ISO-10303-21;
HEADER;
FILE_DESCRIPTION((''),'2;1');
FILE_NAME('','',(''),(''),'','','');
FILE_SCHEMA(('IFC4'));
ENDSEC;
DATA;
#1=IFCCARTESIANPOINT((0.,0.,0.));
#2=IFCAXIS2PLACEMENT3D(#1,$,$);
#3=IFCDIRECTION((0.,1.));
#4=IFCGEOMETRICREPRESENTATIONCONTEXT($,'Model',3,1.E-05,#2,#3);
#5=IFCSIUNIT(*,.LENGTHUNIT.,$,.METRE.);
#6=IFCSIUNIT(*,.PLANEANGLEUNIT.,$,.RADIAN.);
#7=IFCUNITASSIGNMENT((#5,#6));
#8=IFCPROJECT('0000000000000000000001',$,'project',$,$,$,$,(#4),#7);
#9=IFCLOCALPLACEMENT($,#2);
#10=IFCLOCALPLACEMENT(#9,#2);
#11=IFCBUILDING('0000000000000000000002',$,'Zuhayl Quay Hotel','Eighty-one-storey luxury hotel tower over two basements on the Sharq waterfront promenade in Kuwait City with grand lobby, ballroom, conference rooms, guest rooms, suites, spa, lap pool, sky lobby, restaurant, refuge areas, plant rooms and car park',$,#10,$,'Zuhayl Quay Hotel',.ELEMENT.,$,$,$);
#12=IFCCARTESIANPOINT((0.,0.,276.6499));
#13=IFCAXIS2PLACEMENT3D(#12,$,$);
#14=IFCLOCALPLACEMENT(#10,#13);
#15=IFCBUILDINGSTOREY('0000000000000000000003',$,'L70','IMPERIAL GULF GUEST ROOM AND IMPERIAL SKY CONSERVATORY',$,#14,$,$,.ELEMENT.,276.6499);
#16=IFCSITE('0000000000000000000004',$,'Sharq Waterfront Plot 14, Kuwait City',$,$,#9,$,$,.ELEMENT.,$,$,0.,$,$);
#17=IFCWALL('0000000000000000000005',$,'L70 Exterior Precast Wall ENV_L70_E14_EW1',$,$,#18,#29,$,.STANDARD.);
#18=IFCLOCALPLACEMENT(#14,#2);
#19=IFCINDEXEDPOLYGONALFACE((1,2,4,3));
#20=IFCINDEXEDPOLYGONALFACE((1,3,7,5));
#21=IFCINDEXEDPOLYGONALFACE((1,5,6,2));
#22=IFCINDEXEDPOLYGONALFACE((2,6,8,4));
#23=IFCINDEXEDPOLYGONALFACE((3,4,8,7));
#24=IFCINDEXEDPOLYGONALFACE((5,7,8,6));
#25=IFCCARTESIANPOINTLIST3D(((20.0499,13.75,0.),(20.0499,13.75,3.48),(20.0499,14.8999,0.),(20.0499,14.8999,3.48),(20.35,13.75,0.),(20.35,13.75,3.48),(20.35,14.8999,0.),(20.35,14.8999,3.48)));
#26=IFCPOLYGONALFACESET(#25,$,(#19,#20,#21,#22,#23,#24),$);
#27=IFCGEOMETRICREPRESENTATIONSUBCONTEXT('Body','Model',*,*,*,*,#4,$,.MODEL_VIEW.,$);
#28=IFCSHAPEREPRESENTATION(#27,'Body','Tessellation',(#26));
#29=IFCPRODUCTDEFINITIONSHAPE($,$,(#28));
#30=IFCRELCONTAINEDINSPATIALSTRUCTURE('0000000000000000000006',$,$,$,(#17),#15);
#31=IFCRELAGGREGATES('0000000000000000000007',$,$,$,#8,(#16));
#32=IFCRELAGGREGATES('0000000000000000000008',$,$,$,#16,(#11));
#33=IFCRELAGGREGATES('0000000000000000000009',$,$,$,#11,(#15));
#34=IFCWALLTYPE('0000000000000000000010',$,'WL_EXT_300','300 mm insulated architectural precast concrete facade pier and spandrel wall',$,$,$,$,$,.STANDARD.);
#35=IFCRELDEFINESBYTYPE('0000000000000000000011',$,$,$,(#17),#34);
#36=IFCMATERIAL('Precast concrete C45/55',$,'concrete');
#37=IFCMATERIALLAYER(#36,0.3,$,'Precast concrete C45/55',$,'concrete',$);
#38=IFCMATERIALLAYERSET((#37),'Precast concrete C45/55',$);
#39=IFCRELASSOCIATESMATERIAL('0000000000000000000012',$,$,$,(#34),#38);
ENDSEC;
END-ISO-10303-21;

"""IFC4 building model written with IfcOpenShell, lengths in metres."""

from ifc_helpers import new_model, si_unit, direction, frame, frame_2d, origin, place, context, subcontext, project, spatial, rectangle, extrude, material, layer, layer_set, type_object, element, save


model = new_model("IFC4")

# Units and contexts
model_context = context("Model", 3, precision=1e-05, world=origin(), true_north=direction((0.0, 1.0)))
body_context = subcontext(model_context, "Body", "Model", "MODEL_VIEW")
ifc_project = project(units=[si_unit("LENGTHUNIT", "METRE"), si_unit("PLANEANGLEUNIT", "RADIAN")], contexts=[model_context])

# Site, building, storey
site_placement = place(None, origin())
site = spatial("IfcSite", under=ifc_project, at=site_placement, Name="Sharq Waterfront Plot 14, Kuwait City", CompositionType="ELEMENT", RefElevation=0.0)
building_placement = place(site_placement, origin())
building = spatial("IfcBuilding", under=site, at=building_placement, Name="Zuhayl Quay Hotel", Description="Eighty-one-storey luxury hotel tower over two basements on the Sharq waterfront promenade in Kuwait City with grand lobby, ballroom, conference rooms, guest rooms, suites, spa, lap pool, sky lobby, restaurant, refuge areas, plant rooms and car park", LongName="Zuhayl Quay Hotel", CompositionType="ELEMENT")
storey_placement = place(building_placement, frame((0.0, 0.0, 276.6499)))
storey = spatial("IfcBuildingStorey", under=building, at=storey_placement, Name="L70", Description="IMPERIAL GULF GUEST ROOM AND IMPERIAL SKY CONSERVATORY", CompositionType="ELEMENT", Elevation=276.6499)

# Shared definitions
ifc_material_1 = material(Name="Precast concrete C45/55", Category="concrete")
ifc_layer_1 = layer(ifc_material_1, 0.3, Name="Precast concrete C45/55", Category="concrete")
ifc_layer_set_1 = layer_set([ifc_layer_1], Name="Precast concrete C45/55")
wall_type = type_object("IfcWallType", Name="WL_EXT_300", Description="300 mm insulated architectural precast concrete facade pier and spandrel wall", PredefinedType="STANDARD", material=ifc_layer_set_1)

# Wall
wall_1_placement = place(storey_placement, frame((20.2, 14.8999, 0.0), z_axis=(0.0, 0.0, 1.0), x_axis=(0.0, -1.0, 0.0)))
element("IfcWall", 1, at=wall_1_placement, inside=storey, type_object=wall_type, Name="L70 Exterior Precast Wall ENV_L70_E14_EW1", PredefinedType="STANDARD", context=body_context, shape_type="SweptSolid", body=[
    extrude(rectangle(XDim=1.1499, YDim=0.3, at=frame_2d((0.575, 0.0))), origin(), (0.0, 0.0, 1.0), 3.48),
])

save(model, "model.ifc")
